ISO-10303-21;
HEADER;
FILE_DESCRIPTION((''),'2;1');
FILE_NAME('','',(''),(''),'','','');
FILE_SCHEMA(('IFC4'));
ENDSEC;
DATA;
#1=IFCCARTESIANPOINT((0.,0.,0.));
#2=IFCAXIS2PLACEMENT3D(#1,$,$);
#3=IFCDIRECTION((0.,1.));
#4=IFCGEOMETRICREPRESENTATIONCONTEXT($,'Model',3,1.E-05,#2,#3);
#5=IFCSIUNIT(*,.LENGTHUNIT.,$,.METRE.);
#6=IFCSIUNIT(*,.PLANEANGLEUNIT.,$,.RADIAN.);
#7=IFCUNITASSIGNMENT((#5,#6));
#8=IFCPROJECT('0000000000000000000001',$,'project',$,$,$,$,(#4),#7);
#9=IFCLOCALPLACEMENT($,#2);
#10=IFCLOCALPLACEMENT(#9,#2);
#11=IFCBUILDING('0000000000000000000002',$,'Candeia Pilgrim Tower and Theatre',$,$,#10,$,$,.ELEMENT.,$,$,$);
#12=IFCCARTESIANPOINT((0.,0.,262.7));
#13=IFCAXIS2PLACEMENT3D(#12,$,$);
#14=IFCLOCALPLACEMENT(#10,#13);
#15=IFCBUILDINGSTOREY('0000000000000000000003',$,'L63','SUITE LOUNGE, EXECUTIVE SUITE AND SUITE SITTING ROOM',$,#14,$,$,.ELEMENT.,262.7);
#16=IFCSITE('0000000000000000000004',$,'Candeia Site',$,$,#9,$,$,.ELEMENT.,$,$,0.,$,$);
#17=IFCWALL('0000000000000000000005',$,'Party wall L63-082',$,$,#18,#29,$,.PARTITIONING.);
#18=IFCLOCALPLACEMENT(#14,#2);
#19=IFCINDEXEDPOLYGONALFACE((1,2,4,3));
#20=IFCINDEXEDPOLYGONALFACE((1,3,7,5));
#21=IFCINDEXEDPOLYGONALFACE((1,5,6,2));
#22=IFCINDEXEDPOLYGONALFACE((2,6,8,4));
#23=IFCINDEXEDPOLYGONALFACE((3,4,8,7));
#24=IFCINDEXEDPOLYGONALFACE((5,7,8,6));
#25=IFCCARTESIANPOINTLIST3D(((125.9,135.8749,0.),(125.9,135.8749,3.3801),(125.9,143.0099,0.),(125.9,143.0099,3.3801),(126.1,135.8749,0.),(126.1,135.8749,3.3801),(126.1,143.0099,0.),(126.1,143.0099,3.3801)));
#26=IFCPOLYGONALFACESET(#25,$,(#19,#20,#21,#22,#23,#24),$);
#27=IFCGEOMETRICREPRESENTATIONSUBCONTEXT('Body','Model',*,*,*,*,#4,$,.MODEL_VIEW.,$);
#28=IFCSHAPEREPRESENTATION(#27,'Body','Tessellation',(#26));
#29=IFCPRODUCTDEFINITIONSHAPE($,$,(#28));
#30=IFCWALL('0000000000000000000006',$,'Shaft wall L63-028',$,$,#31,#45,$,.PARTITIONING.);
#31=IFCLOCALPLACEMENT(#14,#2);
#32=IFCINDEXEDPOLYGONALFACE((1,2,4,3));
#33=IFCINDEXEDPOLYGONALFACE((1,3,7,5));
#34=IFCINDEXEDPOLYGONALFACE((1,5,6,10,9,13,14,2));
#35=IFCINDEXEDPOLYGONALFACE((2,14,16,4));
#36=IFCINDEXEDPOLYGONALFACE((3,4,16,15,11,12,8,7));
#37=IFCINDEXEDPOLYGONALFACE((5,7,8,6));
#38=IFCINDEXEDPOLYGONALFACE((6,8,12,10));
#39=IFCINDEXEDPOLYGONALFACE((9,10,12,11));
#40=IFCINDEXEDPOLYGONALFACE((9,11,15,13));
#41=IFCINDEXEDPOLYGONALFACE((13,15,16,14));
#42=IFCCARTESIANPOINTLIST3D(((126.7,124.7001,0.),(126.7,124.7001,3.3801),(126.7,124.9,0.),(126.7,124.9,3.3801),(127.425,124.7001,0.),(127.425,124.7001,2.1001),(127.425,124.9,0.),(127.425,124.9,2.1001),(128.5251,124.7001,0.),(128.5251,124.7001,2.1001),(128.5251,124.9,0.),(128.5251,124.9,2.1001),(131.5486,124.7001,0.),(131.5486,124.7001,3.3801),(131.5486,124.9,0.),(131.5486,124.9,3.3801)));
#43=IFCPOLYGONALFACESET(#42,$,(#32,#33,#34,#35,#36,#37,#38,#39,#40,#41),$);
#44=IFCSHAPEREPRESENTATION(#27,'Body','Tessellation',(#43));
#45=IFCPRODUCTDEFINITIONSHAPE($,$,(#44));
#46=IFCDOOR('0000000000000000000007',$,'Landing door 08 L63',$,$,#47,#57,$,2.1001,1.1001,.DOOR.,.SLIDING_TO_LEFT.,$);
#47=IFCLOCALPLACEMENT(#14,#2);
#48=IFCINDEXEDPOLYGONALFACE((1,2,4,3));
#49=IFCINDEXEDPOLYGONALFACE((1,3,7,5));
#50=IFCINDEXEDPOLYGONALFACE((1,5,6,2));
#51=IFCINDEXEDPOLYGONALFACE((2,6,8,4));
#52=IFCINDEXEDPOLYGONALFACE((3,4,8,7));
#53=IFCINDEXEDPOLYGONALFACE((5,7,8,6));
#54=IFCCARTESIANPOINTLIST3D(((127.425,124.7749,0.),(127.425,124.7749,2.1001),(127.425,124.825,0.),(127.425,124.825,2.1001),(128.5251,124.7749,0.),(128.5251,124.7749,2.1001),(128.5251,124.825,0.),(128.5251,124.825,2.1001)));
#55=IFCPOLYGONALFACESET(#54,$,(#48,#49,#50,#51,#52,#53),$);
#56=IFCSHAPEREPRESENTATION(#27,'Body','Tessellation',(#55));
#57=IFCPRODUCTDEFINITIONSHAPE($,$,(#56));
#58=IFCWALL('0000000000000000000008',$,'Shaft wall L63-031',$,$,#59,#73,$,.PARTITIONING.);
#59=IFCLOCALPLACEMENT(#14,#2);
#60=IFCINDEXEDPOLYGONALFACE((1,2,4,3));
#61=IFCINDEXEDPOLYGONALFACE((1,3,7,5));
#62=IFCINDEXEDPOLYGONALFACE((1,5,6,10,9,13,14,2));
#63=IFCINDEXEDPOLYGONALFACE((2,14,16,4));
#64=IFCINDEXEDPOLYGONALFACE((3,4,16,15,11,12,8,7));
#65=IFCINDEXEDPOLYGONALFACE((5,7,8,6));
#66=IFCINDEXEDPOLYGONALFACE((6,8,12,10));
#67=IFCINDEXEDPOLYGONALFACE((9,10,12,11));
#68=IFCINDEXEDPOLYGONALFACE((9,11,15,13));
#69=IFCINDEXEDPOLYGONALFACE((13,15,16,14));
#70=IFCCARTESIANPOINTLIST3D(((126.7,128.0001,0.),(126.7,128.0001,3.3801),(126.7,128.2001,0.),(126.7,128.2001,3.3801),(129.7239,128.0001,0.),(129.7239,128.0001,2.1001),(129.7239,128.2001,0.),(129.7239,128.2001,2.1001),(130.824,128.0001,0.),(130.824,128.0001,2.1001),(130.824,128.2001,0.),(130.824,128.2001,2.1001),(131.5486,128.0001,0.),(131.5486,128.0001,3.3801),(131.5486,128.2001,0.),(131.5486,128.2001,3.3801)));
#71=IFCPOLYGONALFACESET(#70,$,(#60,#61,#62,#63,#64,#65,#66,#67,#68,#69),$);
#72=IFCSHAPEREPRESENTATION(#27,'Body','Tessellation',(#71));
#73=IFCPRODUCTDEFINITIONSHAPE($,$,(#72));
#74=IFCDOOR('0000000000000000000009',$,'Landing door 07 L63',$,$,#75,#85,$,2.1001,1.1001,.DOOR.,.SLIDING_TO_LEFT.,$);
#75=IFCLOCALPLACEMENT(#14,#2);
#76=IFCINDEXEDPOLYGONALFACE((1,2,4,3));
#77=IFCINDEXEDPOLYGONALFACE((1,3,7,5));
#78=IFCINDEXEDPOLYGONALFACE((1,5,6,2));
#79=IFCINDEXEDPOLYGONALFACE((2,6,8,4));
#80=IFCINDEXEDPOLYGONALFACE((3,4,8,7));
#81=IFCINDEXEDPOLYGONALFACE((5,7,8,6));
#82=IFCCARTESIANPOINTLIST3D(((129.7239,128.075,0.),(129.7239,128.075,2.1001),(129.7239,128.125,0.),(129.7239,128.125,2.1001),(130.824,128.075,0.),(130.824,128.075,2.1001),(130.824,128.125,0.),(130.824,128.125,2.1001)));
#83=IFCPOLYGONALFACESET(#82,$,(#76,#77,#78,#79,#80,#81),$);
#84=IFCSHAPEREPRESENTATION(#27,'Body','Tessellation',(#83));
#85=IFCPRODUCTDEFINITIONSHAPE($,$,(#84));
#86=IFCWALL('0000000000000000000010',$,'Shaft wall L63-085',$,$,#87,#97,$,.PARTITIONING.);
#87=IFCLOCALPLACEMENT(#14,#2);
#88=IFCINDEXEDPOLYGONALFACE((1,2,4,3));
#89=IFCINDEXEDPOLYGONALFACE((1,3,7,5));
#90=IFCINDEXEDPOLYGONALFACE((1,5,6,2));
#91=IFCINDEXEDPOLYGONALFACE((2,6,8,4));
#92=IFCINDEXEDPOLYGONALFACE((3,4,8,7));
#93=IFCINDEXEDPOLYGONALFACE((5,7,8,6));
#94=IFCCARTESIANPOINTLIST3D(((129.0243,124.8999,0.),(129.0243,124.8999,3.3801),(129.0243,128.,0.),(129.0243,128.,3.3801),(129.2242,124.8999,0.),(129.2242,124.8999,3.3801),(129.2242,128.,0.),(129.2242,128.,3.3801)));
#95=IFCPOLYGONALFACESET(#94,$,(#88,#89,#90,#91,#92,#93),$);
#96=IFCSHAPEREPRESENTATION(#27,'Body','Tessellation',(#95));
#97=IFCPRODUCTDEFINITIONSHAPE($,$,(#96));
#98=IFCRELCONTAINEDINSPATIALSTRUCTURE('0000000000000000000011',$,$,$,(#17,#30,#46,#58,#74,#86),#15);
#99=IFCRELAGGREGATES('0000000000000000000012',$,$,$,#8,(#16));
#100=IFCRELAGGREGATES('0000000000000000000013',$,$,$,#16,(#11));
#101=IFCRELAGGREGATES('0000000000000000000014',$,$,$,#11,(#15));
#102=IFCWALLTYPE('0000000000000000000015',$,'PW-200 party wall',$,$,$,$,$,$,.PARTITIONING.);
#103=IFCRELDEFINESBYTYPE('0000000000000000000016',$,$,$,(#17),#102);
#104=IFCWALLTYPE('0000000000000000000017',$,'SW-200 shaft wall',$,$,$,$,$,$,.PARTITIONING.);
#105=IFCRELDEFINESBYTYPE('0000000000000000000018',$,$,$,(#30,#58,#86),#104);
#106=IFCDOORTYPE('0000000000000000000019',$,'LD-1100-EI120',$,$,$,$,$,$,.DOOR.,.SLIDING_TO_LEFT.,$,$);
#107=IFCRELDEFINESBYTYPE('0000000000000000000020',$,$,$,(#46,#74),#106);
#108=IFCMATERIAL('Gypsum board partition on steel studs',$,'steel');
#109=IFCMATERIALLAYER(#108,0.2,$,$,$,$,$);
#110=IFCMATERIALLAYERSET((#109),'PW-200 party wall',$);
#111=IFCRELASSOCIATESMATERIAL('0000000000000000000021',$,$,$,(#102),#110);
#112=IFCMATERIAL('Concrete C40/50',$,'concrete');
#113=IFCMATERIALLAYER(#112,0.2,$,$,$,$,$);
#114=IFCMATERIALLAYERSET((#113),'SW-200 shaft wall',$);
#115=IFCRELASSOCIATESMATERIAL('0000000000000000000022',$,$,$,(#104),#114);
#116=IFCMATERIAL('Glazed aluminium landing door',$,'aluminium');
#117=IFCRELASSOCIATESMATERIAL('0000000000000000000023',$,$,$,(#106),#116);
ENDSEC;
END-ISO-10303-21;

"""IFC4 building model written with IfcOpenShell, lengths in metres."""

from ifc_helpers import new_model, si_unit, direction, frame, frame_2d, origin, place, context, subcontext, project, spatial, rectangle, extrude, material, layer, layer_set, type_object, element, fill, save


model = new_model("IFC4")

# Units and contexts
model_context = context("Model", 3, precision=1e-05, world=origin(), true_north=direction((0.0, 1.0)))
body_context = subcontext(model_context, "Body", "Model", "MODEL_VIEW")
ifc_project = project(units=[si_unit("LENGTHUNIT", "METRE"), si_unit("PLANEANGLEUNIT", "RADIAN")], contexts=[model_context])

# Site, building, storey
site_placement = place(None, origin())
site = spatial("IfcSite", under=ifc_project, at=site_placement, Name="Candeia Site", CompositionType="ELEMENT", RefElevation=0.0)
building_placement = place(site_placement, origin())
building = spatial("IfcBuilding", under=site, at=building_placement, Name="Candeia Pilgrim Tower and Theatre", CompositionType="ELEMENT")
storey_placement = place(building_placement, frame((0.0, 0.0, 262.7)))
storey = spatial("IfcBuildingStorey", under=building, at=storey_placement, Name="L63", Description="SUITE LOUNGE, EXECUTIVE SUITE AND SUITE SITTING ROOM", CompositionType="ELEMENT", Elevation=262.7)

# Shared definitions
ifc_material_1 = material(Name="Concrete C40/50", Category="concrete")

# Shared definitions
ifc_material_2 = material(Name="Gypsum board partition on steel studs", Category="steel")

# Wall
ifc_layer_1 = layer(ifc_material_2, 0.2)
ifc_layer_set_1 = layer_set([ifc_layer_1], Name="PW-200 party wall")
wall_type_1 = type_object("IfcWallType", Name="PW-200 party wall", PredefinedType="PARTITIONING", material=ifc_layer_set_1)
wall_1_placement = place(storey_placement, frame((126.0, 135.875, 0.0), z_axis=(0.0, 0.0, 1.0), x_axis=(0.0, 1.0, 0.0)))
element("IfcWall", 1, at=wall_1_placement, inside=storey, type_object=wall_type_1, Name="Party wall L63-082", PredefinedType="PARTITIONING", context=body_context, shape_type="SweptSolid", body=[
    extrude(rectangle(XDim=7.135, YDim=0.2, at=frame_2d((3.5674, 0.0))), origin(), (0.0, 0.0, 1.0), 3.3801),
])

# Walls, openings, doors
ifc_layer_2 = layer(ifc_material_1, 0.2)
ifc_layer_set_2 = layer_set([ifc_layer_2], Name="SW-200 shaft wall")
wall_type_2 = type_object("IfcWallType", Name="SW-200 shaft wall", PredefinedType="PARTITIONING", material=ifc_layer_set_2)
wall_2_placement = place(storey_placement, frame((126.7, 124.8, 0.0), z_axis=(0.0, 0.0, 1.0), x_axis=(1.0, 0.0, 0.0)))
wall_2 = element("IfcWall", 2, at=wall_2_placement, inside=storey, type_object=wall_type_2, Name="Shaft wall L63-028", PredefinedType="PARTITIONING", context=body_context, shape_type="SweptSolid", body=[
    extrude(rectangle(XDim=4.8486, YDim=0.2, at=frame_2d((2.4243, 0.0))), origin(), (0.0, 0.0, 1.0), 3.3801),
])
opening_1_placement = place(wall_2_placement, frame((0.7251, 0.0, 0.0)))
opening_1 = element("IfcOpeningElement", 3, at=opening_1_placement, cuts=wall_2, PredefinedType="OPENING", context=body_context, shape_type="SweptSolid", body=[
    extrude(rectangle(XDim=1.1001, YDim=2.1001, at=frame_2d((0.55, 1.05))), frame((0.0, 0.1099, 0.0), z_axis=(0.0, -1.0, 0.0), x_axis=(1.0, 0.0, 0.0)), (0.0, 0.0, 1.0), 0.22),
])
ifc_material_3 = material(Name="Glazed aluminium landing door", Category="aluminium")
door_type_1 = type_object("IfcDoorType", Name="LD-1100-EI120", OperationType="SLIDING_TO_LEFT", PredefinedType="DOOR", material=ifc_material_3)
door_1_placement = place(opening_1_placement, origin())
door_1 = element("IfcDoor", 4, at=door_1_placement, inside=storey, type_object=door_type_1, Name="Landing door 08 L63", OperationType="SLIDING_TO_LEFT", OverallHeight=2.1001, OverallWidth=1.1001, PredefinedType="DOOR", context=body_context, shape_type="SweptSolid", body=[
    extrude(rectangle(XDim=1.1001, YDim=2.1001, at=frame_2d((0.55, 1.05))), frame((0.0, 0.0249, 0.0), z_axis=(0.0, -1.0, 0.0), x_axis=(1.0, 0.0, 0.0)), (0.0, 0.0, 1.0), 0.05),
])
fill(opening_1, door_1)
wall_3_placement = place(storey_placement, frame((126.7, 128.1001, 0.0), z_axis=(0.0, 0.0, 1.0), x_axis=(1.0, 0.0, 0.0)))
wall_3 = element("IfcWall", 5, at=wall_3_placement, inside=storey, type_object=wall_type_2, Name="Shaft wall L63-031", PredefinedType="PARTITIONING", context=body_context, shape_type="SweptSolid", body=[
    extrude(rectangle(XDim=4.8486, YDim=0.2, at=frame_2d((2.4243, 0.0))), origin(), (0.0, 0.0, 1.0), 3.3801),
])
opening_2_placement = place(wall_3_placement, frame((3.0239, 0.0, 0.0)))
opening_2 = element("IfcOpeningElement", 6, at=opening_2_placement, cuts=wall_3, PredefinedType="OPENING", context=body_context, shape_type="SweptSolid", body=[
    extrude(rectangle(XDim=1.1001, YDim=2.1001, at=frame_2d((0.55, 1.05))), frame((0.0, 0.1099, 0.0), z_axis=(0.0, -1.0, 0.0), x_axis=(1.0, 0.0, 0.0)), (0.0, 0.0, 1.0), 0.22),
])
door_2_placement = place(opening_2_placement, origin())
door_2 = element("IfcDoor", 7, at=door_2_placement, inside=storey, type_object=door_type_1, Name="Landing door 07 L63", OperationType="SLIDING_TO_LEFT", OverallHeight=2.1001, OverallWidth=1.1001, PredefinedType="DOOR", context=body_context, shape_type="SweptSolid", body=[
    extrude(rectangle(XDim=1.1001, YDim=2.1001, at=frame_2d((0.55, 1.05))), frame((0.0, 0.0249, 0.0), z_axis=(0.0, -1.0, 0.0), x_axis=(1.0, 0.0, 0.0)), (0.0, 0.0, 1.0), 0.05),
])
fill(opening_2, door_2)

# Wall
wall_4_placement = place(storey_placement, frame((129.1243, 124.8999, 0.0), z_axis=(0.0, 0.0, 1.0), x_axis=(0.0, 1.0, 0.0)))
element("IfcWall", 8, at=wall_4_placement, inside=storey, type_object=wall_type_2, Name="Shaft wall L63-085", PredefinedType="PARTITIONING", context=body_context, shape_type="SweptSolid", body=[
    extrude(rectangle(XDim=3.1001, YDim=0.2, at=frame_2d((1.55, 0.0))), origin(), (0.0, 0.0, 1.0), 3.3801),
])

save(model, "model.ifc")
